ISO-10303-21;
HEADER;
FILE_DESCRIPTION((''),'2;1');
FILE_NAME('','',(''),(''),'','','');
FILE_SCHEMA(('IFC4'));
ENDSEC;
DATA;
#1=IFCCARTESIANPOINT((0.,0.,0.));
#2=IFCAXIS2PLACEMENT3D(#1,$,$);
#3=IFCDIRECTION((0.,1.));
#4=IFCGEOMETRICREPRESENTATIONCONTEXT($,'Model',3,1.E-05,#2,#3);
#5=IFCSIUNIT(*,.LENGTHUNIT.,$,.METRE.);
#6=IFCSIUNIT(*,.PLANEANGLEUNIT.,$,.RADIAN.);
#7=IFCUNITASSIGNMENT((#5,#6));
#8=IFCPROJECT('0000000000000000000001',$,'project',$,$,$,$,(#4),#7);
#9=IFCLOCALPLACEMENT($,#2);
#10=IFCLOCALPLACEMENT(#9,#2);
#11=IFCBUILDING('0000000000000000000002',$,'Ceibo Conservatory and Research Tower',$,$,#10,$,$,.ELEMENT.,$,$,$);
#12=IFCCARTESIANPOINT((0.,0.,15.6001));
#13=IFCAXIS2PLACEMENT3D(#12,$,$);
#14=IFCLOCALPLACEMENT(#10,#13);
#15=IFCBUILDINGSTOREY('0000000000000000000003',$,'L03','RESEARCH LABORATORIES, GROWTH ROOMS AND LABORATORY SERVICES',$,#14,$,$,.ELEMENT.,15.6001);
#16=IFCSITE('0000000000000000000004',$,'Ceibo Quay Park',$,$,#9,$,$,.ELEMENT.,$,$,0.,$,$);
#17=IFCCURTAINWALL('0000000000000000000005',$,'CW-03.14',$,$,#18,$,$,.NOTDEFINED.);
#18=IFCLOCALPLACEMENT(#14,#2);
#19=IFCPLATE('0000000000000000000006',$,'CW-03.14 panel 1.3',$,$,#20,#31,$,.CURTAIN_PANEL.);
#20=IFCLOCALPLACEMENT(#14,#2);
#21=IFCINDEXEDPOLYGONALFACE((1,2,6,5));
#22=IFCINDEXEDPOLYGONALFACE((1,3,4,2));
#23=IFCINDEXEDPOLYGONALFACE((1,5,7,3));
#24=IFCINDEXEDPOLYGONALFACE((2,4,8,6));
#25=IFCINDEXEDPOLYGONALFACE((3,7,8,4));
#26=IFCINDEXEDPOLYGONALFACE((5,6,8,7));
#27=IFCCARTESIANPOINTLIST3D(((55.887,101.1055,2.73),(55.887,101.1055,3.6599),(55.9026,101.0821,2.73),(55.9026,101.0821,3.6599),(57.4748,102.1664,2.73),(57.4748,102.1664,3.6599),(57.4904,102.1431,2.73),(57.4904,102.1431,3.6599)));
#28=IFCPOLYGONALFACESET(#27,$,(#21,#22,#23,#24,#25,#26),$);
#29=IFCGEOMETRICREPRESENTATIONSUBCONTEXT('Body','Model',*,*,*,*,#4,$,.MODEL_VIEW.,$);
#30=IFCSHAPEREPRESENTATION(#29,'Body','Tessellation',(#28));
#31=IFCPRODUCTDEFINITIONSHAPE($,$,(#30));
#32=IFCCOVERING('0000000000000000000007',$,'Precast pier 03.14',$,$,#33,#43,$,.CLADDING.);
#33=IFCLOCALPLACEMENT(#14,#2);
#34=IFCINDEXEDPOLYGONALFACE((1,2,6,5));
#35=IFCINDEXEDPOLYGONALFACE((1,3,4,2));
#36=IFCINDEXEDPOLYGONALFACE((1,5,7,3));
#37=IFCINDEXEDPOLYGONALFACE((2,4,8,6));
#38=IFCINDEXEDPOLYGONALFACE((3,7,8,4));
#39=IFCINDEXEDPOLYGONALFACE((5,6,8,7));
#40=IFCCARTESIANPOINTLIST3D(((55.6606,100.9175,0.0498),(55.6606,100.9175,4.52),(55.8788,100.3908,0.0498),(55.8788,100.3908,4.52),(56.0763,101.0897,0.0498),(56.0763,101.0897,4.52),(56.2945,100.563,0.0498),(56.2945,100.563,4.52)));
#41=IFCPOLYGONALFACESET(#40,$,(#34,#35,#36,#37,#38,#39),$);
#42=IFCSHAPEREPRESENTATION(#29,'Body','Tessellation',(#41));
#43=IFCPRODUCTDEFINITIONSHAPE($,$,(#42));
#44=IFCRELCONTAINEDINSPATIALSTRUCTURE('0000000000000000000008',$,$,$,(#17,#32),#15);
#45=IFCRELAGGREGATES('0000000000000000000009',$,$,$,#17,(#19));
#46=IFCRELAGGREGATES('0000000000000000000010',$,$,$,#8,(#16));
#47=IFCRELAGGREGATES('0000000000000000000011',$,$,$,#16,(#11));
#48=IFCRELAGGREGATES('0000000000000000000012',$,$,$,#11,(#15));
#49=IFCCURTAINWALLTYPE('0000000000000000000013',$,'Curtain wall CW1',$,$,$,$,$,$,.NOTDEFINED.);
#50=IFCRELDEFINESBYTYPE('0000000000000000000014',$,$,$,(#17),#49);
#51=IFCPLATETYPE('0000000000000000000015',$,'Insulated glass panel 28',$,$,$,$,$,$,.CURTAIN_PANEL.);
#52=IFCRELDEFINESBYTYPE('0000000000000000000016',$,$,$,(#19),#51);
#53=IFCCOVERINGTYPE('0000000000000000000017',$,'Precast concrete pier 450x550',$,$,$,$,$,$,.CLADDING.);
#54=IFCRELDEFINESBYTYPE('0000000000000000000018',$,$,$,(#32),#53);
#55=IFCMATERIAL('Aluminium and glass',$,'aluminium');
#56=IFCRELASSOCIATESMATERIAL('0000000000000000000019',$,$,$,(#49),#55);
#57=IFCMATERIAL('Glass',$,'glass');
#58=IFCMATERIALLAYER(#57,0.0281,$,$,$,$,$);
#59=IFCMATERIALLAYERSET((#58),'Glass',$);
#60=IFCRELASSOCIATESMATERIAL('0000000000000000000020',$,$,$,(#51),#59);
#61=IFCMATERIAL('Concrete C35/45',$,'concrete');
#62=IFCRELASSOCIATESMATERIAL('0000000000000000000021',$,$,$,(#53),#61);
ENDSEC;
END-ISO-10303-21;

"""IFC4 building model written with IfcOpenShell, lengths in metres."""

from ifc_helpers import new_model, si_unit, direction, frame, origin, origin_2d, place, context, subcontext, project, spatial, rectangle, extrude, material, layer, layer_set, type_object, element, aggregate, save


model = new_model("IFC4")

# Units and contexts
model_context = context("Model", 3, precision=1e-05, world=origin(), true_north=direction((0.0, 1.0)))
body_context = subcontext(model_context, "Body", "Model", "MODEL_VIEW")
ifc_project = project(units=[si_unit("LENGTHUNIT", "METRE"), si_unit("PLANEANGLEUNIT", "RADIAN")], contexts=[model_context])

# Site, building, storey
site_placement = place(None, origin())
site = spatial("IfcSite", under=ifc_project, at=site_placement, Name="Ceibo Quay Park", CompositionType="ELEMENT", RefElevation=0.0)
building_placement = place(site_placement, origin())
building = spatial("IfcBuilding", under=site, at=building_placement, Name="Ceibo Conservatory and Research Tower", CompositionType="ELEMENT")
storey_placement = place(building_placement, frame((0.0, 0.0, 15.6001)))
storey = spatial("IfcBuildingStorey", under=building, at=storey_placement, Name="L03", Description="RESEARCH LABORATORIES, GROWTH ROOMS AND LABORATORY SERVICES", CompositionType="ELEMENT", Elevation=15.6001)

# Shared definitions
ifc_material_1 = material(Name="Aluminium and glass", Category="aluminium")
curtain_wall_type = type_object("IfcCurtainWallType", Name="Curtain wall CW1", PredefinedType="NOTDEFINED", material=ifc_material_1)

# Curtain wall
curtain_wall_1_placement = place(storey_placement, origin())
curtain_wall_1 = element("IfcCurtainWall", 1, at=curtain_wall_1_placement, inside=storey, type_object=curtain_wall_type, Name="CW-03.14", PredefinedType="NOTDEFINED")

# Shared definitions
ifc_material_2 = material(Name="Concrete C35/45", Category="concrete")

# Plate
ifc_material_3 = material(Name="Glass", Category="glass")
ifc_layer = layer(ifc_material_3, 0.0281)
ifc_layer_set = layer_set([ifc_layer], Name="Glass")
plate_type = type_object("IfcPlateType", Name="Insulated glass panel 28", PredefinedType="CURTAIN_PANEL", material=ifc_layer_set)
plate_1_placement = place(storey_placement, frame((56.6887, 101.6243, 2.73), z_axis=(0.0, 0.0, 1.0), x_axis=(0.83147, 0.55557, 0.0)))
plate_1 = element("IfcPlate", 2, at=plate_1_placement, type_object=plate_type, Name="CW-03.14 panel 1.3", PredefinedType="CURTAIN_PANEL", context=body_context, shape_type="SweptSolid", body=[
    extrude(rectangle(XDim=1.9097, YDim=0.0281, at=origin_2d()), origin(), (0.0, 0.0, 1.0), 0.9299),
])
aggregate(curtain_wall_1, [plate_1])

# Covering
covering_type = type_object("IfcCoveringType", Name="Precast concrete pier 450x550", PredefinedType="CLADDING", material=ifc_material_2)
covering_placement = place(storey_placement, frame((55.9775, 100.7402, 0.0498), z_axis=(0.0, 0.0, 1.0), x_axis=(0.382683, -0.92388, 0.0)))
element("IfcCovering", 3, at=covering_placement, inside=storey, type_object=covering_type, Name="Precast pier 03.14", PredefinedType="CLADDING", context=body_context, shape_type="SweptSolid", body=[
    extrude(rectangle(XDim=0.5701, YDim=0.45, at=origin_2d()), origin(), (0.0, 0.0, 1.0), 4.4702),
])

save(model, "model.ifc")
